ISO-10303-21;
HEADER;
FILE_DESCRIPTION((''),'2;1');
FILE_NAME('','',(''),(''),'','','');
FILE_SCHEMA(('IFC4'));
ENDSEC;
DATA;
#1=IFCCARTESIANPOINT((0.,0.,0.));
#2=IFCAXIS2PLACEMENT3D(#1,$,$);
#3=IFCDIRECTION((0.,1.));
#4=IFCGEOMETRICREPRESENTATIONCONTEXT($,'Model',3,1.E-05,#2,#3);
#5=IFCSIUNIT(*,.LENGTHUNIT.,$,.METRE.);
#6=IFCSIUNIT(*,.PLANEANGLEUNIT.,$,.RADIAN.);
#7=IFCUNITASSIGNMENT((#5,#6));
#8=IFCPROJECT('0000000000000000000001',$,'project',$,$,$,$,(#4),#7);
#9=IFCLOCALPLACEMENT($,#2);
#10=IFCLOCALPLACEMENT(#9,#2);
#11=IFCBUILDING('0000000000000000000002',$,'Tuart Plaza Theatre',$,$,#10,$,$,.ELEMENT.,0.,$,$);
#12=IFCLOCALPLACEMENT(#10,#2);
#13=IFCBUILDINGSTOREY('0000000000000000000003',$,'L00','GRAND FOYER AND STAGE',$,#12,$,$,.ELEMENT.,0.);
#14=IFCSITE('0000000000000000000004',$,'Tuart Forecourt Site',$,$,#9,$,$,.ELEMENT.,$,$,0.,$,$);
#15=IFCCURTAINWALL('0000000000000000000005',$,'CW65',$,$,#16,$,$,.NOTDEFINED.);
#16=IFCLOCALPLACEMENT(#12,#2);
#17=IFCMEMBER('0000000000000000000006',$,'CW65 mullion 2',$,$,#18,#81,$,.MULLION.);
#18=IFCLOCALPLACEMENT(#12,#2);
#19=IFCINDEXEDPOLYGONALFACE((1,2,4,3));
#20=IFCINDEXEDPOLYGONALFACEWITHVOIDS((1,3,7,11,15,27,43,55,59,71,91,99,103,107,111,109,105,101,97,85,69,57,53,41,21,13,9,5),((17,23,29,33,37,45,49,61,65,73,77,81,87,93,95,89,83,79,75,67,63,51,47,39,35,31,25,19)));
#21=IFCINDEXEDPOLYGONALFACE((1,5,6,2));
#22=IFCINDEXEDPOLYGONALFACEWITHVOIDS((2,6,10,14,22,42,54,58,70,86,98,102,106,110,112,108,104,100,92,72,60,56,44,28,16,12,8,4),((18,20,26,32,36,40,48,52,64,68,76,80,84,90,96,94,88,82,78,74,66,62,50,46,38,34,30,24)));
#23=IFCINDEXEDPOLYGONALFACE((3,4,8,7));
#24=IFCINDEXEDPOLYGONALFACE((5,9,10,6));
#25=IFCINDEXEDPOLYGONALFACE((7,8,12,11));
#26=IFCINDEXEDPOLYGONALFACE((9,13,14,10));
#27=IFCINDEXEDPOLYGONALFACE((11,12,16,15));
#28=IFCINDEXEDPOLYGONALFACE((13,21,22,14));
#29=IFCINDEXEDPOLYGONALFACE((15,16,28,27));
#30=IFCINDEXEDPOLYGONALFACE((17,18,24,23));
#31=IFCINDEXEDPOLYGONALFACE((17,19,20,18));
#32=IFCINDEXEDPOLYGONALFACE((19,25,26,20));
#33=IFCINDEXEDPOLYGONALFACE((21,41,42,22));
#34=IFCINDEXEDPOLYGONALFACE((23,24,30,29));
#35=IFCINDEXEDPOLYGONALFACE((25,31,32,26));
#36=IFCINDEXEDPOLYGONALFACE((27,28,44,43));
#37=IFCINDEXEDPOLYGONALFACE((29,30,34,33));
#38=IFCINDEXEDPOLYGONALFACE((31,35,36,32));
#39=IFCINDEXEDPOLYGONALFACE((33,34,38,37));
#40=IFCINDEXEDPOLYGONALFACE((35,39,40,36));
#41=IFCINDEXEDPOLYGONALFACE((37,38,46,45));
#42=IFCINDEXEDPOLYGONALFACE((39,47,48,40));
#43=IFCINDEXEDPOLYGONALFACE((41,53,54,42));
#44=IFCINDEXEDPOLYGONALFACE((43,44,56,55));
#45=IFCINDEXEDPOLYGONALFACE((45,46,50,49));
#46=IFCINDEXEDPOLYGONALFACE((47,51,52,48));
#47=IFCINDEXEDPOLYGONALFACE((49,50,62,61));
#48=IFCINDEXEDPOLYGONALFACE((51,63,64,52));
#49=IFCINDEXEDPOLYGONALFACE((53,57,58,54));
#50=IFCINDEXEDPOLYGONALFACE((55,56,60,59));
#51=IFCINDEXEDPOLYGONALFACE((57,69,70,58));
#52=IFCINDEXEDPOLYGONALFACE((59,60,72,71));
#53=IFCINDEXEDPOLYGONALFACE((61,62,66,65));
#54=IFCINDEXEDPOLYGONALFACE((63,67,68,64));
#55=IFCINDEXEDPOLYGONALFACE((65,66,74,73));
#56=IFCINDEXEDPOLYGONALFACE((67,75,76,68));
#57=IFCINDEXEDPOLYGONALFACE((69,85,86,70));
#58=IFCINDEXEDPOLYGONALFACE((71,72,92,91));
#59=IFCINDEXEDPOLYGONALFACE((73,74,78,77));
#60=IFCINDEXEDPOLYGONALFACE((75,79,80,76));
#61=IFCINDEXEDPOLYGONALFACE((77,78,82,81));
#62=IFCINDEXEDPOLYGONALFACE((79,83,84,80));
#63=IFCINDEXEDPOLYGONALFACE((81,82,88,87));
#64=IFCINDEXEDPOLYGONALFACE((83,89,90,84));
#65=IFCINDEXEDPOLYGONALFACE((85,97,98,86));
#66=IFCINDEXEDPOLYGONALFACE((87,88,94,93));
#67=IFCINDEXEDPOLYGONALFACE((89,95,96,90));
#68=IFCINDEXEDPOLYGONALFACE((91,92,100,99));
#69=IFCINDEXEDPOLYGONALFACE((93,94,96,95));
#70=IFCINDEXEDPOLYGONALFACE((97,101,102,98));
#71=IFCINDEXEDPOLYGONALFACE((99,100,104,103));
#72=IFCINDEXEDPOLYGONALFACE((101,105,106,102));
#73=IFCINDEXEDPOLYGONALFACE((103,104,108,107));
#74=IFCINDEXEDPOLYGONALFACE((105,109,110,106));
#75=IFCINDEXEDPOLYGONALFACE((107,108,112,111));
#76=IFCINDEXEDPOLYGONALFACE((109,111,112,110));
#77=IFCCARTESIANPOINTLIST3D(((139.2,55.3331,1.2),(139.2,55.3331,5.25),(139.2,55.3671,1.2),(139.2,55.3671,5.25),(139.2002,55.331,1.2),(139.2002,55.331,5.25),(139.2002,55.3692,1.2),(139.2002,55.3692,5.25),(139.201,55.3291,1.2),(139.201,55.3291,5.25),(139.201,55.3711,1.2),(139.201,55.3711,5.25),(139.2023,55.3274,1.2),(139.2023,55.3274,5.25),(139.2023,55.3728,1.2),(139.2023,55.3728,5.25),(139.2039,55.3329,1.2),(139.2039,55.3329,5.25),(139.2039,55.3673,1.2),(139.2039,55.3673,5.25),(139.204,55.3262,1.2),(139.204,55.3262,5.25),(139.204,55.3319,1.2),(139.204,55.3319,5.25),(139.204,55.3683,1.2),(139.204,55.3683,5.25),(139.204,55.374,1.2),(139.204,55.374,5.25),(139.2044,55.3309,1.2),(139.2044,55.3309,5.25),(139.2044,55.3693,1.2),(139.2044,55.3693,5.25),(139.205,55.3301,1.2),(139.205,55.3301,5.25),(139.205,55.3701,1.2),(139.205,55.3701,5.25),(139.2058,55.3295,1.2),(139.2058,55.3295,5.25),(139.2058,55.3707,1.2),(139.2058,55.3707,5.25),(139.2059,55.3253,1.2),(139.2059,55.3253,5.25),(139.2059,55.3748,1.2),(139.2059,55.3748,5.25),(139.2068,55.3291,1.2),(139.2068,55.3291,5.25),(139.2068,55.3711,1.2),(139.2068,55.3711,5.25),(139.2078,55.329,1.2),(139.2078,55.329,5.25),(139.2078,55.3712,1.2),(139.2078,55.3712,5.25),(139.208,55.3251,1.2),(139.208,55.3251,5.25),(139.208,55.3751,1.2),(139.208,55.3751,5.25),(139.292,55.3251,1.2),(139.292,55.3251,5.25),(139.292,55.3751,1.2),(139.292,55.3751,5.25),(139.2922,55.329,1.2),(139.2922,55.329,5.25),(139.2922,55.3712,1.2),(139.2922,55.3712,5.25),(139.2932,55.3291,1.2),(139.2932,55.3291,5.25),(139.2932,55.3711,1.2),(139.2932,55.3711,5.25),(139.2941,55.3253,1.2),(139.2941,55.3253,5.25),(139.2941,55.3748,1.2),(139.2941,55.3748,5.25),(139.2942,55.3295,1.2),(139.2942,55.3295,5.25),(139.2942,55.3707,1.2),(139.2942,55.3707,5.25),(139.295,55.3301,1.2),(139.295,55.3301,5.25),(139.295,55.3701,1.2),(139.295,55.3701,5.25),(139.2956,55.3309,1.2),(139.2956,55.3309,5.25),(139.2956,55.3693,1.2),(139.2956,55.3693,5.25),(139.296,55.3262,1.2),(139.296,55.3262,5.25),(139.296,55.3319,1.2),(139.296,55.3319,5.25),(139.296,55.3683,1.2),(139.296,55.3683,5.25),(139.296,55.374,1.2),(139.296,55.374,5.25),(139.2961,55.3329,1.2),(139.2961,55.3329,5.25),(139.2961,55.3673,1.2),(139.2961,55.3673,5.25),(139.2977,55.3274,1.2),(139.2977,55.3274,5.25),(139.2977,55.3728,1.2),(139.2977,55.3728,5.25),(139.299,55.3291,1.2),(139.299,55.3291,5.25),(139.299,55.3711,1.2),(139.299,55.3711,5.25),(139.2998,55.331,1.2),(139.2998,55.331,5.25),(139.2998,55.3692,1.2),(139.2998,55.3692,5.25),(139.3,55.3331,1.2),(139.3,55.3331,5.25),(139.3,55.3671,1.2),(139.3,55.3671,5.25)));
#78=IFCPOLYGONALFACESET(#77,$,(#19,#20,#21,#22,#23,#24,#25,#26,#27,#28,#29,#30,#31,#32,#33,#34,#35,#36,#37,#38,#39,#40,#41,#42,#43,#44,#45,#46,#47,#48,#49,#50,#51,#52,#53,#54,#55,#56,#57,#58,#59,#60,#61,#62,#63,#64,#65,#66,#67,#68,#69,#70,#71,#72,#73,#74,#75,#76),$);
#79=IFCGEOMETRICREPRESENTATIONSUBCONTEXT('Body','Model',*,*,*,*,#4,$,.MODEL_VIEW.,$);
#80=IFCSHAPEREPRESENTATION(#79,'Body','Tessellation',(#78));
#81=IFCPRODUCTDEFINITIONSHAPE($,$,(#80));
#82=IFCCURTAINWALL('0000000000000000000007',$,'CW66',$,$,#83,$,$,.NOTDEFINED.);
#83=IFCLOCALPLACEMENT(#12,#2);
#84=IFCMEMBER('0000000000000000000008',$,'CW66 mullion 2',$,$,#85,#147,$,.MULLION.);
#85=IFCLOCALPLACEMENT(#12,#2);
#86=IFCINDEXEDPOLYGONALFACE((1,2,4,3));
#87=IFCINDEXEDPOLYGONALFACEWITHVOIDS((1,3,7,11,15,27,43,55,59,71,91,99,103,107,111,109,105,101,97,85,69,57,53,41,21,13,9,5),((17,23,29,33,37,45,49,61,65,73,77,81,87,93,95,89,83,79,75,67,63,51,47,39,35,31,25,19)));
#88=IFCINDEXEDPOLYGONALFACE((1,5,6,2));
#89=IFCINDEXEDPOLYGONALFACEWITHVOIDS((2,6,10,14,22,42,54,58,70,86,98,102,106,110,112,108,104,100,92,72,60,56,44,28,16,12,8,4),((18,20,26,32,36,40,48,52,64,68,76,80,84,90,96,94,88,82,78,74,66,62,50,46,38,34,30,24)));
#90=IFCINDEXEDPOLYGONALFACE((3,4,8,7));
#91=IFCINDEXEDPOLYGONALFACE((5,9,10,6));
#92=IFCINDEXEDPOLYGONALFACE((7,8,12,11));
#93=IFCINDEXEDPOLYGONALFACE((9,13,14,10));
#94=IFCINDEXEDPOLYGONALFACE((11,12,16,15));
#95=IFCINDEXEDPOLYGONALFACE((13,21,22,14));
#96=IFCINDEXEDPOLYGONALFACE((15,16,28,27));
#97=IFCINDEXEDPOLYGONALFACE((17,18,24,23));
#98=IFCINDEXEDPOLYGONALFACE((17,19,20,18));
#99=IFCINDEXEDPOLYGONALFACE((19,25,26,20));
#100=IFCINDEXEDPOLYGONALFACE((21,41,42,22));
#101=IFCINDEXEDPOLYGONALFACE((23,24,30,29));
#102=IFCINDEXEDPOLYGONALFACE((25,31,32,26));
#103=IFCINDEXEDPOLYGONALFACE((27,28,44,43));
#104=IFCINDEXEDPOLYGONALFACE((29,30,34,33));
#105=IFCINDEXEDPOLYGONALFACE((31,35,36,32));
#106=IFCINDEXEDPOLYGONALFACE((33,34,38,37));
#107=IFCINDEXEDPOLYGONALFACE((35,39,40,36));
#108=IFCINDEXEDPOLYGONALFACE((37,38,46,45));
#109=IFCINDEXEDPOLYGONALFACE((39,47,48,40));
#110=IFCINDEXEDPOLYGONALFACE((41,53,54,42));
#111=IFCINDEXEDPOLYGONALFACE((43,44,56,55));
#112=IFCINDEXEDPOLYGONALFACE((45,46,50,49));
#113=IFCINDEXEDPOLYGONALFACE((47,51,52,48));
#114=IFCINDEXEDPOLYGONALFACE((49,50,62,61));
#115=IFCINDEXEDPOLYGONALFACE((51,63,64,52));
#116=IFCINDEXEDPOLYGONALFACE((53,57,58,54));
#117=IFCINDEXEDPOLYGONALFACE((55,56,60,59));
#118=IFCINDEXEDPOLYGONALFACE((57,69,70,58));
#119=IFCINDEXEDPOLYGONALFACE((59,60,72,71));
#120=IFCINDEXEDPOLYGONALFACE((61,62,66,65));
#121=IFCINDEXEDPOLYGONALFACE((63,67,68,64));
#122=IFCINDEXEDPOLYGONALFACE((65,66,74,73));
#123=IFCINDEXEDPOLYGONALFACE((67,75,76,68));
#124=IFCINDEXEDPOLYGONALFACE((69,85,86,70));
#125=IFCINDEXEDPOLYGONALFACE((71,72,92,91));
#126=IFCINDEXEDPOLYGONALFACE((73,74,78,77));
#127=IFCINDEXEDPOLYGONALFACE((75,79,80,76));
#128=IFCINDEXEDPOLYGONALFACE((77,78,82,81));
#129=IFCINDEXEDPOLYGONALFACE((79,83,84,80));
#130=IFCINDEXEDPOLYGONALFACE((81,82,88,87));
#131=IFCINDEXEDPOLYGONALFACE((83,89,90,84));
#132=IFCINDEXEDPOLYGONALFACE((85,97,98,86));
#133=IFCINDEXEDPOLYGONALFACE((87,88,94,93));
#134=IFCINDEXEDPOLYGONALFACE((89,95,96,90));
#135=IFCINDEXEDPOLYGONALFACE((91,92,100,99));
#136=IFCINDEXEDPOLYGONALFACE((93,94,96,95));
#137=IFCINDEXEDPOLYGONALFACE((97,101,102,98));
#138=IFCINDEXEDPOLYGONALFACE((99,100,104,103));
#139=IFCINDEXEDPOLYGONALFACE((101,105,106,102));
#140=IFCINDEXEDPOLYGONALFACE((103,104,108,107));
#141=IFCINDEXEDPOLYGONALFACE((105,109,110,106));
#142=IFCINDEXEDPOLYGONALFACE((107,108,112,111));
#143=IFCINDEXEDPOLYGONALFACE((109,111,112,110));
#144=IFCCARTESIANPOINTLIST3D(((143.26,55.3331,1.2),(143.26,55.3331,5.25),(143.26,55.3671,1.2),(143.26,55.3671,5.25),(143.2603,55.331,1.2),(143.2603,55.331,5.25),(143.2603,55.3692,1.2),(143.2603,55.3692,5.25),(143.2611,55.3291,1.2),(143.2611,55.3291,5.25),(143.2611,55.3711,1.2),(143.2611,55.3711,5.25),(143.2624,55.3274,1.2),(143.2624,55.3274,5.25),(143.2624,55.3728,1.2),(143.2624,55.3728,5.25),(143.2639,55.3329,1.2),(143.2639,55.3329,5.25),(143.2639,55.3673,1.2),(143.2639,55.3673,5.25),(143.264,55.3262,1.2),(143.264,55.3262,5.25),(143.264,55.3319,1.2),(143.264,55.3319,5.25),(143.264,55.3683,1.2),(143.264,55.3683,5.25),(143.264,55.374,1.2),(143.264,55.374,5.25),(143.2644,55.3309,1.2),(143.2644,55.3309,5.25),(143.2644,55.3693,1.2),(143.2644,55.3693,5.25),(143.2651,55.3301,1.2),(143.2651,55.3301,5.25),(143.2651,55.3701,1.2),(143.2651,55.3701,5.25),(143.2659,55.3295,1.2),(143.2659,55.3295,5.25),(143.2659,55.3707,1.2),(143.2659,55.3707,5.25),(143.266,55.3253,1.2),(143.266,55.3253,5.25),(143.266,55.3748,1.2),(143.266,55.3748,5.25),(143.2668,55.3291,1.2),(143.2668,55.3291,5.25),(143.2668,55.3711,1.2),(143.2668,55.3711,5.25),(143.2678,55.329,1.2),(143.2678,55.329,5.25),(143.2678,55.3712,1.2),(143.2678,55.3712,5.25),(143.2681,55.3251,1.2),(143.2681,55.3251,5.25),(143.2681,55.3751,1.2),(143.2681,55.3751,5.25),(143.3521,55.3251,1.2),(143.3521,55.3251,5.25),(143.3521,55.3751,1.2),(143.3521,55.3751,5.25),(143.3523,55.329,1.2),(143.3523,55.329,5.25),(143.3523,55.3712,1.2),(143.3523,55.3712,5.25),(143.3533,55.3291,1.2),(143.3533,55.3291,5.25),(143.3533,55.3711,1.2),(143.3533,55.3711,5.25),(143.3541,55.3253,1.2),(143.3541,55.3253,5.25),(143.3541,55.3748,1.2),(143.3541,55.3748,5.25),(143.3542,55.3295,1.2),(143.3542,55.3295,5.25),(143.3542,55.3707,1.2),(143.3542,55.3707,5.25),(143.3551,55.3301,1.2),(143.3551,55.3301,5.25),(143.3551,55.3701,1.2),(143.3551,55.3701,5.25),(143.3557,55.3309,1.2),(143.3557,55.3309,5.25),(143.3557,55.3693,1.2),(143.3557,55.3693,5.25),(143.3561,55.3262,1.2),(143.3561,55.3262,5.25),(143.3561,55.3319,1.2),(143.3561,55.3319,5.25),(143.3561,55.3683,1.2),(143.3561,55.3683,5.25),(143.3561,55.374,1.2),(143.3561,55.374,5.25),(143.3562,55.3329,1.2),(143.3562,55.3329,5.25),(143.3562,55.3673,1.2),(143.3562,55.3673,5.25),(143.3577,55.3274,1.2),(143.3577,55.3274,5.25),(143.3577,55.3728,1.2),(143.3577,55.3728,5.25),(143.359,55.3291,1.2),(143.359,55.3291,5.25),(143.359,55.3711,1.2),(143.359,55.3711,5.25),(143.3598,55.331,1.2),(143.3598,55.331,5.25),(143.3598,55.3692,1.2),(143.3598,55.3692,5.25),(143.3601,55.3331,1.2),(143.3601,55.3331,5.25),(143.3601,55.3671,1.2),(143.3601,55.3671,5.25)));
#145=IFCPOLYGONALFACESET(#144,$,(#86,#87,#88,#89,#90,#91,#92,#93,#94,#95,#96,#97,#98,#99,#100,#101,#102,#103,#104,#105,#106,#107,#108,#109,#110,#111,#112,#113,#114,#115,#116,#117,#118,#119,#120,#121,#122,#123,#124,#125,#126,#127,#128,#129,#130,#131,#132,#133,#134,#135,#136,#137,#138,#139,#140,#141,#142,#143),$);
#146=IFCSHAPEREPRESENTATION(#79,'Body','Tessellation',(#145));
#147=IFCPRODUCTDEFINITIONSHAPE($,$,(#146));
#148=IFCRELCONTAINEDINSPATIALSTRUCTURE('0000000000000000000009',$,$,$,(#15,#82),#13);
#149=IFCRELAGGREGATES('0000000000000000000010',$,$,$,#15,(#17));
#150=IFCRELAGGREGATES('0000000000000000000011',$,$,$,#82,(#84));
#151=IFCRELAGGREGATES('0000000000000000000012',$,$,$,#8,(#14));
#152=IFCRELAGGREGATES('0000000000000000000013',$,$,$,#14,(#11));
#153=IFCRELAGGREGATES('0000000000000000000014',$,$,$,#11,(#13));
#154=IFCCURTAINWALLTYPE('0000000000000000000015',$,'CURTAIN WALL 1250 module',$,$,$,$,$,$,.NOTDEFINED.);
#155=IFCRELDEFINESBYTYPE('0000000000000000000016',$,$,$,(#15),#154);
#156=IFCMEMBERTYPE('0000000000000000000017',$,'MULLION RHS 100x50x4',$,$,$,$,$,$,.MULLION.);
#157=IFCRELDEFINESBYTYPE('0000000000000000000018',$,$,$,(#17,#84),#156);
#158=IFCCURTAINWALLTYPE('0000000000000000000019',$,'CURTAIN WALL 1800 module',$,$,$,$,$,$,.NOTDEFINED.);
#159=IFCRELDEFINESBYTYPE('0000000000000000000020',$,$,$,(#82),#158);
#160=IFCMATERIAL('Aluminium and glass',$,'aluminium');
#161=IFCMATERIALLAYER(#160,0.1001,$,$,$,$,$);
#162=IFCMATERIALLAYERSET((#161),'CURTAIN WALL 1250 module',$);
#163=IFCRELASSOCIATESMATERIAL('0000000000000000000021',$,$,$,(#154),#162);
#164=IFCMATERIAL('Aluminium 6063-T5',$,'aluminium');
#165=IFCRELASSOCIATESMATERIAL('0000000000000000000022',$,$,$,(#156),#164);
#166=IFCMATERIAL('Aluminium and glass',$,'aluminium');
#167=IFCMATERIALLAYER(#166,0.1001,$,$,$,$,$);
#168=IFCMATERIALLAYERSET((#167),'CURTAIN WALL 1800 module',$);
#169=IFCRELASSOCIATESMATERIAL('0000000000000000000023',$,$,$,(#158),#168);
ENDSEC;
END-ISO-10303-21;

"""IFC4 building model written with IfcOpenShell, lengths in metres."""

from ifc_helpers import new_model, si_unit, direction, frame, origin, origin_2d, place, context, subcontext, project, spatial, hollow_rectangle, extrude, material, layer, layer_set, material_profile, profile_set, type_object, element, aggregate, save


model = new_model("IFC4")

# Units and contexts
model_context = context("Model", 3, precision=1e-05, world=origin(), true_north=direction((0.0, 1.0)))
body_context = subcontext(model_context, "Body", "Model", "MODEL_VIEW")
ifc_project = project(units=[si_unit("LENGTHUNIT", "METRE"), si_unit("PLANEANGLEUNIT", "RADIAN")], contexts=[model_context])

# Site, building, storey
site_placement = place(None, origin())
site = spatial("IfcSite", under=ifc_project, at=site_placement, Name="Tuart Forecourt Site", CompositionType="ELEMENT", RefElevation=0.0)
building_placement = place(site_placement, origin())
building = spatial("IfcBuilding", under=site, at=building_placement, Name="Tuart Plaza Theatre", CompositionType="ELEMENT", ElevationOfRefHeight=0.0)
storey_placement = place(building_placement, origin())
storey = spatial("IfcBuildingStorey", under=building, at=storey_placement, Name="L00", Description="GRAND FOYER AND STAGE", CompositionType="ELEMENT", Elevation=0.0)

# Curtain walls, members
ifc_material_1 = material(Name="Aluminium and glass", Category="aluminium")
ifc_layer_1 = layer(ifc_material_1, 0.1001)
ifc_layer_set_1 = layer_set([ifc_layer_1], Name="CURTAIN WALL 1250 module")
curtain_wall_type_1 = type_object("IfcCurtainWallType", Name="CURTAIN WALL 1250 module", PredefinedType="NOTDEFINED", material=ifc_layer_set_1)
curtain_wall_1_placement = place(storey_placement, origin())
curtain_wall_1 = element("IfcCurtainWall", 1, at=curtain_wall_1_placement, inside=storey, type_object=curtain_wall_type_1, Name="CW65", PredefinedType="NOTDEFINED")
ifc_material_2 = material(Name="Aluminium 6063-T5", Category="aluminium")
ifc_material_profile_1 = material_profile(ifc_material_2, hollow_rectangle(XDim=0.05, YDim=0.1001, WallThickness=0.0039, InnerFilletRadius=0.0039, OuterFilletRadius=0.0081, at=origin_2d()), Name="RHS 100x50x4")
ifc_profile_set_1 = profile_set([ifc_material_profile_1], Name="Aluminium 6063-T5")
member_type_1 = type_object("IfcMemberType", Name="MULLION RHS 100x50x4", PredefinedType="MULLION", material=ifc_profile_set_1)
member_1_placement = place(storey_placement, frame((139.25, 55.3501, 1.2), z_axis=(0.0, 0.0, 1.0), x_axis=(0.0, 1.0, 0.0)))
member_1 = element("IfcMember", 2, at=member_1_placement, type_object=member_type_1, Name="CW65 mullion 2", PredefinedType="MULLION", context=body_context, shape_type="SweptSolid", body=[
    extrude(hollow_rectangle(XDim=0.05, YDim=0.1001, WallThickness=0.0039, InnerFilletRadius=0.0039, OuterFilletRadius=0.0081, at=origin_2d()), origin(), (0.0, 0.0, 1.0), 4.05),
])
ifc_material_3 = material(Name="Aluminium and glass", Category="aluminium")
ifc_layer_2 = layer(ifc_material_3, 0.1001)
ifc_layer_set_2 = layer_set([ifc_layer_2], Name="CURTAIN WALL 1800 module")
curtain_wall_type_2 = type_object("IfcCurtainWallType", Name="CURTAIN WALL 1800 module", PredefinedType="NOTDEFINED", material=ifc_layer_set_2)
curtain_wall_2_placement = place(storey_placement, origin())
curtain_wall_2 = element("IfcCurtainWall", 3, at=curtain_wall_2_placement, inside=storey, type_object=curtain_wall_type_2, Name="CW66", PredefinedType="NOTDEFINED")
member_2_placement = place(storey_placement, frame((143.3101, 55.3501, 1.2), z_axis=(0.0, 0.0, 1.0), x_axis=(0.0, 1.0, 0.0)))
member_2 = element("IfcMember", 4, at=member_2_placement, type_object=member_type_1, Name="CW66 mullion 2", PredefinedType="MULLION", context=body_context, shape_type="SweptSolid", body=[
    extrude(hollow_rectangle(XDim=0.05, YDim=0.1001, WallThickness=0.0039, InnerFilletRadius=0.0039, OuterFilletRadius=0.0081, at=origin_2d()), origin(), (0.0, 0.0, 1.0), 4.05),
])

aggregate(curtain_wall_1, [member_1])
aggregate(curtain_wall_2, [member_2])

save(model, "model.ifc")
